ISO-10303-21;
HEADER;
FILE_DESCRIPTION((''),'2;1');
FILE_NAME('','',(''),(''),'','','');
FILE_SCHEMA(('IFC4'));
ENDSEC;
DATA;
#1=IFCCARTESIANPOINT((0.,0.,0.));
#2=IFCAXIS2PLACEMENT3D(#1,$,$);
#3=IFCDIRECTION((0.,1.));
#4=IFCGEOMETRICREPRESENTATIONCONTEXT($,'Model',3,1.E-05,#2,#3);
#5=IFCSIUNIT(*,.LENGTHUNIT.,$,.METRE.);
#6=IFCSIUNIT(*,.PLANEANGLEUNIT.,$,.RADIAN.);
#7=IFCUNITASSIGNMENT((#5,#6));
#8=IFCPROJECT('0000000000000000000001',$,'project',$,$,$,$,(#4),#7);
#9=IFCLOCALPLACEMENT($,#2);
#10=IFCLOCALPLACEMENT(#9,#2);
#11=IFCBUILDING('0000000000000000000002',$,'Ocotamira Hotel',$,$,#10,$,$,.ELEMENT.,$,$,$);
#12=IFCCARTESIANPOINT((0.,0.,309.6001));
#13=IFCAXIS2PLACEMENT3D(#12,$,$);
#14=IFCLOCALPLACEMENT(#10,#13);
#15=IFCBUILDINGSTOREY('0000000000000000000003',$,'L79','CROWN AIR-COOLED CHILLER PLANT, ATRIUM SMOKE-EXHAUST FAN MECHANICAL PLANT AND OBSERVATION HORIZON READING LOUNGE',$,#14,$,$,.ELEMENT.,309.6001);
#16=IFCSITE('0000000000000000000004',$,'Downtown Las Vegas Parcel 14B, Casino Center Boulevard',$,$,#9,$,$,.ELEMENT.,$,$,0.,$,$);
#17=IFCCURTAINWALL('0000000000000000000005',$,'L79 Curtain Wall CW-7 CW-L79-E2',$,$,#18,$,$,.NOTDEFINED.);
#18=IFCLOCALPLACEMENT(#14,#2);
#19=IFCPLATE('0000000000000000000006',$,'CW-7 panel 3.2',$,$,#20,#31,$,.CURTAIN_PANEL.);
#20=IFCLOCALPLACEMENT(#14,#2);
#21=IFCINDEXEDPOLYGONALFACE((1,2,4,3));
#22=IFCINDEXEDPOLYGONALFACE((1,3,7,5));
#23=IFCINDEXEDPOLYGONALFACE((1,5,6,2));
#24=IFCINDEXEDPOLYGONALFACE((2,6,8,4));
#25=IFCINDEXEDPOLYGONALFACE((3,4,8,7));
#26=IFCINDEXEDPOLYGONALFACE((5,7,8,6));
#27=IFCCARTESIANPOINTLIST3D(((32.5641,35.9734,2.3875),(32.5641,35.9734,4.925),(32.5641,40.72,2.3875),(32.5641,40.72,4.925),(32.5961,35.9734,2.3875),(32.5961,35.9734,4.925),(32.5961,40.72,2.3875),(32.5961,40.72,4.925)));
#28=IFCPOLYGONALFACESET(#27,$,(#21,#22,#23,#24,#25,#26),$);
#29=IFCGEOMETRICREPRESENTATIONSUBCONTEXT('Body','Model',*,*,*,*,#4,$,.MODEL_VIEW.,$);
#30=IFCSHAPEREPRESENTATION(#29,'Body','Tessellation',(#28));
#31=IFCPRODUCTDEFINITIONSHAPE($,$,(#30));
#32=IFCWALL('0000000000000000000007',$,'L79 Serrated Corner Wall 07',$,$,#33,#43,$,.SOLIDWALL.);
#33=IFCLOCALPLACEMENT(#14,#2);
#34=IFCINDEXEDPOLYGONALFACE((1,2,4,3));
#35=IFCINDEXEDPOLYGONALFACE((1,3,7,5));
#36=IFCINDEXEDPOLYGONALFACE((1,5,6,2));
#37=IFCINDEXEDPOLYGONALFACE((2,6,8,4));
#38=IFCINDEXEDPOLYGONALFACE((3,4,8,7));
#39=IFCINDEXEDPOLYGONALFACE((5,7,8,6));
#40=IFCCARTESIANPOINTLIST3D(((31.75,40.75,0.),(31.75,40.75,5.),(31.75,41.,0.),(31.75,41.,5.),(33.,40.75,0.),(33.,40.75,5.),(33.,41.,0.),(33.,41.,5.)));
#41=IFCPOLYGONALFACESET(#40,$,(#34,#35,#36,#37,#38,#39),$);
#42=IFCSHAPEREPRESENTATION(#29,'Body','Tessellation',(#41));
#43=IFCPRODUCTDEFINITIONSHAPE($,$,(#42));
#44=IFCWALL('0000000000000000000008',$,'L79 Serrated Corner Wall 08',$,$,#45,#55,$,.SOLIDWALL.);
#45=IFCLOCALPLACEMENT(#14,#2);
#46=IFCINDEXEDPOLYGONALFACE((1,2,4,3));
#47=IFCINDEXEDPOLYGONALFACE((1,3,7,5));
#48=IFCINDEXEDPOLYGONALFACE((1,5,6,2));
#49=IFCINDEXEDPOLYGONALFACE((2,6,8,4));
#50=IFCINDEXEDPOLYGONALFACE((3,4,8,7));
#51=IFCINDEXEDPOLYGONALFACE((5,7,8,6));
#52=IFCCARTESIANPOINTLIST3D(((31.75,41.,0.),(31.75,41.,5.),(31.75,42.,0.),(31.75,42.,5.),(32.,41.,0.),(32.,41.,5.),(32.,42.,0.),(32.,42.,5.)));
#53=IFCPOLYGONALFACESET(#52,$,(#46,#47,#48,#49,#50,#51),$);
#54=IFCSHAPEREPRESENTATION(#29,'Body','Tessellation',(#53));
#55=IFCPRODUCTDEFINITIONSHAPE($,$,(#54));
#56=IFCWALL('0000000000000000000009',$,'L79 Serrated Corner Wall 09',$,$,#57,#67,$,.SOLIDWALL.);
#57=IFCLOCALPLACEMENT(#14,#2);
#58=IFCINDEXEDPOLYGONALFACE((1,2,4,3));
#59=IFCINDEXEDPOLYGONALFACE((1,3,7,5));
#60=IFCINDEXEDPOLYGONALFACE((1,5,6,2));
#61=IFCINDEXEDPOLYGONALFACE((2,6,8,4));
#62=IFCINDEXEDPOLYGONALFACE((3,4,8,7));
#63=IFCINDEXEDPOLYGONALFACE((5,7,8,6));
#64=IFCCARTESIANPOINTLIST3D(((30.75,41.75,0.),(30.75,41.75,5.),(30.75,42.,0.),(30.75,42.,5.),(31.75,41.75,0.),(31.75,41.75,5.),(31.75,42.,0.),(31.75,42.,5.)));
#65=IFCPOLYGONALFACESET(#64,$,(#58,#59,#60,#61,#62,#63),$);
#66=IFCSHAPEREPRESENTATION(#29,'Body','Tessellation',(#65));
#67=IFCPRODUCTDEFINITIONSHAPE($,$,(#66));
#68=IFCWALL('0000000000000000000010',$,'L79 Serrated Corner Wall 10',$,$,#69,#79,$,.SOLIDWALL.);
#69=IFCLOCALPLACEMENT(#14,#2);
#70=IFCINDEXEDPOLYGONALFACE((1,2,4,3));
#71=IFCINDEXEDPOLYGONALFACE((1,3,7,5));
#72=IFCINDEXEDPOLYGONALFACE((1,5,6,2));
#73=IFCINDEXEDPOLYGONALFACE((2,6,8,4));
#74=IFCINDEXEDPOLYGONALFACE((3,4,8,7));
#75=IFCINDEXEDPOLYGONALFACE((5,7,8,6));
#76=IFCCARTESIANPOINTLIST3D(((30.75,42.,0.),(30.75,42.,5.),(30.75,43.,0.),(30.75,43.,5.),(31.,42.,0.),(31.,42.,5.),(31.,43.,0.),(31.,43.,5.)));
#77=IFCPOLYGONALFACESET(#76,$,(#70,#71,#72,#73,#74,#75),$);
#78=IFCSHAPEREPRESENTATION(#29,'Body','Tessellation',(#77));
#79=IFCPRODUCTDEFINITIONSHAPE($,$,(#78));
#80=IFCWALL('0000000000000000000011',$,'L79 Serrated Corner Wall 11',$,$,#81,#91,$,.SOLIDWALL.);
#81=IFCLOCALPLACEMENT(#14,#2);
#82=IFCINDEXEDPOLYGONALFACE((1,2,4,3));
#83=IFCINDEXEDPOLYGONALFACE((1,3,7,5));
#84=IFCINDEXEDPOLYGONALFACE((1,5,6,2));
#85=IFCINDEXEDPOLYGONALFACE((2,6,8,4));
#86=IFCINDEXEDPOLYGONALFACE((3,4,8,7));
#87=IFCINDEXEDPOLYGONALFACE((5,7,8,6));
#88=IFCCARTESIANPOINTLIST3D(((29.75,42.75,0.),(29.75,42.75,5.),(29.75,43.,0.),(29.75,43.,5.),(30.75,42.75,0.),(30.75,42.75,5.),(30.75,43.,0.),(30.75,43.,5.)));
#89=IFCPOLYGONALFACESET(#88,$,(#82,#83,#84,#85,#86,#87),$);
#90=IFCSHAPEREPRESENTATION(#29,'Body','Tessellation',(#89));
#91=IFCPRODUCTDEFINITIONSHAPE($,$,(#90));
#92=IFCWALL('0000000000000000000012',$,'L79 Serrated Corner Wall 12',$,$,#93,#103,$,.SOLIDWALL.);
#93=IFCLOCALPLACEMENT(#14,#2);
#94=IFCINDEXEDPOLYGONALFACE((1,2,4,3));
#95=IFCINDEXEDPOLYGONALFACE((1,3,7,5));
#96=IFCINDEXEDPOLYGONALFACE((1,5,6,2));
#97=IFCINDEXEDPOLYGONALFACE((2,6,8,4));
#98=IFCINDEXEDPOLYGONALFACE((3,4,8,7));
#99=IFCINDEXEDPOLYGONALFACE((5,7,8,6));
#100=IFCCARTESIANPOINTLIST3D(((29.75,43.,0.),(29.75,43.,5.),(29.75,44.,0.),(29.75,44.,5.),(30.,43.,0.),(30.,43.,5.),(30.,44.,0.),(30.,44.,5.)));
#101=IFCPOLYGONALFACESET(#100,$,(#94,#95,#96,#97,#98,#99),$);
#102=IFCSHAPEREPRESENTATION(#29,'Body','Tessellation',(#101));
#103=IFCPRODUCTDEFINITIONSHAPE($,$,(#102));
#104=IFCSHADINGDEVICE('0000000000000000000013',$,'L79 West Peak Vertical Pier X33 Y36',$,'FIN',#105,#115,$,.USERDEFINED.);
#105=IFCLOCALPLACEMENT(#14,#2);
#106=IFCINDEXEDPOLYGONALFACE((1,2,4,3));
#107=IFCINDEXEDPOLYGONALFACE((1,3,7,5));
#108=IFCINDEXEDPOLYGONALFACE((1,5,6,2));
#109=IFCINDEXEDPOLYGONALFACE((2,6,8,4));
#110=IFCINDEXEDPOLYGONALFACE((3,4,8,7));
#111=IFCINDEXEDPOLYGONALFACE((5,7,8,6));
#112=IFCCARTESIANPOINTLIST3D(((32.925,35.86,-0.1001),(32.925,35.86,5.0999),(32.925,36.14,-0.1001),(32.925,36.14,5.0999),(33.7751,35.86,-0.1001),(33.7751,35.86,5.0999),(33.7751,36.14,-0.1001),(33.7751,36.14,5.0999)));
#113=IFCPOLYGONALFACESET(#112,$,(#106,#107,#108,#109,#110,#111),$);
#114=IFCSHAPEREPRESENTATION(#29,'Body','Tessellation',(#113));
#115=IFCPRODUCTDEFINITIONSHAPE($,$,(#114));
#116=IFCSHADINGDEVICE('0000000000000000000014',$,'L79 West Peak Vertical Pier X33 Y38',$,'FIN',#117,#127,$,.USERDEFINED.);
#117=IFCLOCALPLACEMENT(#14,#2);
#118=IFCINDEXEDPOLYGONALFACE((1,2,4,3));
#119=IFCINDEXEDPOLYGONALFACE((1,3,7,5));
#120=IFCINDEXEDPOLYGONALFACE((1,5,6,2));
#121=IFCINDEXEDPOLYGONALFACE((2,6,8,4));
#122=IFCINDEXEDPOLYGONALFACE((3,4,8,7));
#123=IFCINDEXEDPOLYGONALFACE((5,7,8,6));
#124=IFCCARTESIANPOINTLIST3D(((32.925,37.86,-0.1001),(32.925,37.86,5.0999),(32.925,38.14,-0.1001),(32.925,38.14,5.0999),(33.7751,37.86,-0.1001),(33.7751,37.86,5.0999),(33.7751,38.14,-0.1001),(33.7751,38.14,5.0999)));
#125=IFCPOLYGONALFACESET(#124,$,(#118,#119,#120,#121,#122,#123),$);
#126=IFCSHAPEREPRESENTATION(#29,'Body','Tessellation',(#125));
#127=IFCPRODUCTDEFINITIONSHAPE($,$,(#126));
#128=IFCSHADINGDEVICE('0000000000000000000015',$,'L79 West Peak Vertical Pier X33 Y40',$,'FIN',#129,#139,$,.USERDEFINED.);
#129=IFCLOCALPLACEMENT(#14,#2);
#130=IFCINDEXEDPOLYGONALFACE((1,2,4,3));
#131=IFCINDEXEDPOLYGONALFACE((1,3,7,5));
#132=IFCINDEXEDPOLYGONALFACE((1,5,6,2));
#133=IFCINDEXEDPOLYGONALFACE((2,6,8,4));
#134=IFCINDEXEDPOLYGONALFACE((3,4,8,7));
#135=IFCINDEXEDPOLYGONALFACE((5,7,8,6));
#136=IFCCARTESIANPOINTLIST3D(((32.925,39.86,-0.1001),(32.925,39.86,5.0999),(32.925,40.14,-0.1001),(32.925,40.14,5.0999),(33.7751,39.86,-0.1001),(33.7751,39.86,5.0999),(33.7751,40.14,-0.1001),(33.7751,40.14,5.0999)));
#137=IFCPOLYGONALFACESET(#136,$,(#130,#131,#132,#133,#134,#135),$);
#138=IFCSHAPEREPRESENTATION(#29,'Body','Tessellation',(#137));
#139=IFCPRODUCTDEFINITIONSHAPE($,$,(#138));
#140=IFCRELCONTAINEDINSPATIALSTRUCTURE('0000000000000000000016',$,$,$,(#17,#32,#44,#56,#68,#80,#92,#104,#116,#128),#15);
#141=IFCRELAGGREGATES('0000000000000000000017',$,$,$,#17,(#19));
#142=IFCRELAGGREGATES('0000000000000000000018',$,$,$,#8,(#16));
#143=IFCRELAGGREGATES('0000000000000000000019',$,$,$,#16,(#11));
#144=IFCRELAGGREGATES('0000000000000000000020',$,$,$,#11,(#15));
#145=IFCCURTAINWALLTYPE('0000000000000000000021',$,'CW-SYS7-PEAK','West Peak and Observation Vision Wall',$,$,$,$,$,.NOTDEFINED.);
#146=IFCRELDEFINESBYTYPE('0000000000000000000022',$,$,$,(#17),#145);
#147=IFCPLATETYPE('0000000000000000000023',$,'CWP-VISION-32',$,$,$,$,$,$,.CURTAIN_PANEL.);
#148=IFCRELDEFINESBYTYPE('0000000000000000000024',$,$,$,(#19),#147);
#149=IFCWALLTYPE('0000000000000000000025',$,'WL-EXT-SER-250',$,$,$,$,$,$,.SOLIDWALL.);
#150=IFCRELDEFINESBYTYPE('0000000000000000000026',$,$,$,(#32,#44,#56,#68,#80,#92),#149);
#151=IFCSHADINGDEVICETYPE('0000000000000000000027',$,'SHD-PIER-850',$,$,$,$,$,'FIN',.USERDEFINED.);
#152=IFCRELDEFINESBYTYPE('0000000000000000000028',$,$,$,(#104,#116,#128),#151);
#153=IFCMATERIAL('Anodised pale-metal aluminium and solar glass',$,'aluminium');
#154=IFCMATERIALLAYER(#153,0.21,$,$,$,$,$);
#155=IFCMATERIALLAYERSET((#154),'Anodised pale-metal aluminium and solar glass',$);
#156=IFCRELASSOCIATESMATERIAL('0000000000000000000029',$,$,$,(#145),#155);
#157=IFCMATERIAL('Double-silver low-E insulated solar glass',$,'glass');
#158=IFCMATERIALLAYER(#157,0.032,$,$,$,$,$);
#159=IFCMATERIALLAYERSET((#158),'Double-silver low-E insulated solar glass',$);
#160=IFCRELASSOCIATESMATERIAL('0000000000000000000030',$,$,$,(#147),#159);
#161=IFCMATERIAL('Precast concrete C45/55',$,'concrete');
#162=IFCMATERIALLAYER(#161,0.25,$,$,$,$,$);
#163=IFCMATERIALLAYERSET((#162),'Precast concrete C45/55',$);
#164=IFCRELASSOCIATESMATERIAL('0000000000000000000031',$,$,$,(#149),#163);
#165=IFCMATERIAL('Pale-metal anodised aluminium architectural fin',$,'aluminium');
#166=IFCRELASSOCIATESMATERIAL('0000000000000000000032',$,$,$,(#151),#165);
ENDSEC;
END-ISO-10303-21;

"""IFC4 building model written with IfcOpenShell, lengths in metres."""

from ifc_helpers import new_model, si_unit, direction, frame, frame_2d, origin, origin_2d, place, context, subcontext, project, spatial, rectangle, extrude, source, transform, mapped, material, layer, layer_set, type_object, element, aggregate, save


model = new_model("IFC4")

# Units and contexts
model_context = context("Model", 3, precision=1e-05, world=origin(), true_north=direction((0.0, 1.0)))
body_context = subcontext(model_context, "Body", "Model", "MODEL_VIEW")
ifc_project = project(units=[si_unit("LENGTHUNIT", "METRE"), si_unit("PLANEANGLEUNIT", "RADIAN")], contexts=[model_context])

# Site, building, storey
site_placement = place(None, origin())
site = spatial("IfcSite", under=ifc_project, at=site_placement, Name="Downtown Las Vegas Parcel 14B, Casino Center Boulevard", CompositionType="ELEMENT", RefElevation=0.0)
building_placement = place(site_placement, origin())
building = spatial("IfcBuilding", under=site, at=building_placement, Name="Ocotamira Hotel", CompositionType="ELEMENT")
storey_placement = place(building_placement, frame((0.0, 0.0, 309.6001)))
storey = spatial("IfcBuildingStorey", under=building, at=storey_placement, Name="L79", Description="CROWN AIR-COOLED CHILLER PLANT, ATRIUM SMOKE-EXHAUST FAN MECHANICAL PLANT AND OBSERVATION HORIZON READING LOUNGE", CompositionType="ELEMENT", Elevation=309.6001)

# Shared definitions
ifc_material_1 = material(Name="Anodised pale-metal aluminium and solar glass", Category="aluminium")
ifc_layer_1 = layer(ifc_material_1, 0.21)
ifc_layer_set_1 = layer_set([ifc_layer_1], Name="Anodised pale-metal aluminium and solar glass")
curtain_wall_type = type_object("IfcCurtainWallType", Name="CW-SYS7-PEAK", Description="West Peak and Observation Vision Wall", PredefinedType="NOTDEFINED", material=ifc_layer_set_1)

# Curtain wall
curtain_wall_1_placement = place(storey_placement, origin())
curtain_wall_1 = element("IfcCurtainWall", 1, at=curtain_wall_1_placement, inside=storey, type_object=curtain_wall_type, Name="L79 Curtain Wall CW-7 CW-L79-E2", PredefinedType="NOTDEFINED")

# Plate
ifc_material_2 = material(Name="Double-silver low-E insulated solar glass", Category="glass")
ifc_layer_2 = layer(ifc_material_2, 0.032)
ifc_layer_set_2 = layer_set([ifc_layer_2], Name="Double-silver low-E insulated solar glass")
plate_type = type_object("IfcPlateType", Name="CWP-VISION-32", PredefinedType="CURTAIN_PANEL", material=ifc_layer_set_2)
shared_shape_1 = source(origin(), body_context, "Body", "SweptSolid", [
    extrude(rectangle(XDim=4.7466, YDim=0.032, at=origin_2d()), origin(), (0.0, 0.0, 1.0), 2.5376),
])
plate_1_placement = place(storey_placement, frame((32.5801, 38.3467, 2.3875), z_axis=(0.0, 0.0, 1.0), x_axis=(0.0, 1.0, 0.0)))
plate_1 = element("IfcPlate", 2, at=plate_1_placement, type_object=plate_type, Name="CW-7 panel 3.2", PredefinedType="CURTAIN_PANEL", context=body_context, shape_type="MappedRepresentation", body=[
    mapped(shared_shape_1, transform((0.0, 0.0, 0.0), scale=1.0)),
])
aggregate(curtain_wall_1, [plate_1])

# Walls
ifc_material_3 = material(Name="Precast concrete C45/55", Category="concrete")
ifc_layer_3 = layer(ifc_material_3, 0.25)
ifc_layer_set_3 = layer_set([ifc_layer_3], Name="Precast concrete C45/55")
wall_type = type_object("IfcWallType", Name="WL-EXT-SER-250", PredefinedType="SOLIDWALL", material=ifc_layer_set_3)
wall_placement = place(storey_placement, frame((33.0, 40.875, 0.0), z_axis=(0.0, 0.0, 1.0), x_axis=(-1.0, 0.0, 0.0)))
element("IfcWall", 3, at=wall_placement, inside=storey, type_object=wall_type, Name="L79 Serrated Corner Wall 07", PredefinedType="SOLIDWALL", context=body_context, shape_type="SweptSolid", body=[
    extrude(rectangle(XDim=1.25, YDim=0.25, at=frame_2d((0.625, 0.0))), origin(), (0.0, 0.0, 1.0), 5.0),
])
for number, where, z_axis, x_axis, name in (
    (4, (31.875, 41.0, 0.0), (0.0, 0.0, 1.0), (0.0, 1.0, 0.0), "L79 Serrated Corner Wall 08"),
    (5, (31.75, 41.875, 0.0), (0.0, 0.0, 1.0), (-1.0, 0.0, 0.0), "L79 Serrated Corner Wall 09"),
    (6, (30.875, 42.0, 0.0), (0.0, 0.0, 1.0), (0.0, 1.0, 0.0), "L79 Serrated Corner Wall 10"),
    (7, (30.75, 42.875, 0.0), (0.0, 0.0, 1.0), (-1.0, 0.0, 0.0), "L79 Serrated Corner Wall 11"),
    (8, (29.875, 43.0, 0.0), (0.0, 0.0, 1.0), (0.0, 1.0, 0.0), "L79 Serrated Corner Wall 12"),
):
    element("IfcWall", number, at=place(storey_placement, frame(where, z_axis=z_axis, x_axis=x_axis)), inside=storey, type_object=wall_type, Name=name, PredefinedType="SOLIDWALL", context=body_context, shape_type="SweptSolid", body=[
        extrude(rectangle(XDim=1.0, YDim=0.25, at=frame_2d((0.5, 0.0))), origin(), (0.0, 0.0, 1.0), 5.0),
    ])

# Shading devices
ifc_material_4 = material(Name="Pale-metal anodised aluminium architectural fin", Category="aluminium")
shading_device_type = type_object("IfcShadingDeviceType", Name="SHD-PIER-850", ElementType="FIN", PredefinedType="USERDEFINED", material=ifc_material_4)
shared_shape_2 = source(origin(), body_context, "Body", "SweptSolid", [
    extrude(rectangle(XDim=0.8501, YDim=0.28, at=origin_2d()), origin(), (0.0, 0.0, 1.0), 5.2),
])
for number, where, z_axis, x_axis, name in (
    (9, (33.3501, 36.0, -0.1001), (0.0, 0.0, 1.0), (1.0, 0.0, 0.0), "L79 West Peak Vertical Pier X33 Y36"),
    (10, (33.3501, 38.0, -0.1001), (0.0, 0.0, 1.0), (1.0, 0.0, 0.0), "L79 West Peak Vertical Pier X33 Y38"),
    (11, (33.3501, 40.0, -0.1001), (0.0, 0.0, 1.0), (1.0, 0.0, 0.0), "L79 West Peak Vertical Pier X33 Y40"),
):
    element("IfcShadingDevice", number, at=place(storey_placement, frame(where, z_axis=z_axis, x_axis=x_axis)), inside=storey, type_object=shading_device_type, Name=name, ObjectType="FIN", PredefinedType="USERDEFINED", context=body_context, shape_type="MappedRepresentation", body=[
        mapped(shared_shape_2, transform((0.0, 0.0, 0.0), scale=1.0)),
    ])

save(model, "model.ifc")
